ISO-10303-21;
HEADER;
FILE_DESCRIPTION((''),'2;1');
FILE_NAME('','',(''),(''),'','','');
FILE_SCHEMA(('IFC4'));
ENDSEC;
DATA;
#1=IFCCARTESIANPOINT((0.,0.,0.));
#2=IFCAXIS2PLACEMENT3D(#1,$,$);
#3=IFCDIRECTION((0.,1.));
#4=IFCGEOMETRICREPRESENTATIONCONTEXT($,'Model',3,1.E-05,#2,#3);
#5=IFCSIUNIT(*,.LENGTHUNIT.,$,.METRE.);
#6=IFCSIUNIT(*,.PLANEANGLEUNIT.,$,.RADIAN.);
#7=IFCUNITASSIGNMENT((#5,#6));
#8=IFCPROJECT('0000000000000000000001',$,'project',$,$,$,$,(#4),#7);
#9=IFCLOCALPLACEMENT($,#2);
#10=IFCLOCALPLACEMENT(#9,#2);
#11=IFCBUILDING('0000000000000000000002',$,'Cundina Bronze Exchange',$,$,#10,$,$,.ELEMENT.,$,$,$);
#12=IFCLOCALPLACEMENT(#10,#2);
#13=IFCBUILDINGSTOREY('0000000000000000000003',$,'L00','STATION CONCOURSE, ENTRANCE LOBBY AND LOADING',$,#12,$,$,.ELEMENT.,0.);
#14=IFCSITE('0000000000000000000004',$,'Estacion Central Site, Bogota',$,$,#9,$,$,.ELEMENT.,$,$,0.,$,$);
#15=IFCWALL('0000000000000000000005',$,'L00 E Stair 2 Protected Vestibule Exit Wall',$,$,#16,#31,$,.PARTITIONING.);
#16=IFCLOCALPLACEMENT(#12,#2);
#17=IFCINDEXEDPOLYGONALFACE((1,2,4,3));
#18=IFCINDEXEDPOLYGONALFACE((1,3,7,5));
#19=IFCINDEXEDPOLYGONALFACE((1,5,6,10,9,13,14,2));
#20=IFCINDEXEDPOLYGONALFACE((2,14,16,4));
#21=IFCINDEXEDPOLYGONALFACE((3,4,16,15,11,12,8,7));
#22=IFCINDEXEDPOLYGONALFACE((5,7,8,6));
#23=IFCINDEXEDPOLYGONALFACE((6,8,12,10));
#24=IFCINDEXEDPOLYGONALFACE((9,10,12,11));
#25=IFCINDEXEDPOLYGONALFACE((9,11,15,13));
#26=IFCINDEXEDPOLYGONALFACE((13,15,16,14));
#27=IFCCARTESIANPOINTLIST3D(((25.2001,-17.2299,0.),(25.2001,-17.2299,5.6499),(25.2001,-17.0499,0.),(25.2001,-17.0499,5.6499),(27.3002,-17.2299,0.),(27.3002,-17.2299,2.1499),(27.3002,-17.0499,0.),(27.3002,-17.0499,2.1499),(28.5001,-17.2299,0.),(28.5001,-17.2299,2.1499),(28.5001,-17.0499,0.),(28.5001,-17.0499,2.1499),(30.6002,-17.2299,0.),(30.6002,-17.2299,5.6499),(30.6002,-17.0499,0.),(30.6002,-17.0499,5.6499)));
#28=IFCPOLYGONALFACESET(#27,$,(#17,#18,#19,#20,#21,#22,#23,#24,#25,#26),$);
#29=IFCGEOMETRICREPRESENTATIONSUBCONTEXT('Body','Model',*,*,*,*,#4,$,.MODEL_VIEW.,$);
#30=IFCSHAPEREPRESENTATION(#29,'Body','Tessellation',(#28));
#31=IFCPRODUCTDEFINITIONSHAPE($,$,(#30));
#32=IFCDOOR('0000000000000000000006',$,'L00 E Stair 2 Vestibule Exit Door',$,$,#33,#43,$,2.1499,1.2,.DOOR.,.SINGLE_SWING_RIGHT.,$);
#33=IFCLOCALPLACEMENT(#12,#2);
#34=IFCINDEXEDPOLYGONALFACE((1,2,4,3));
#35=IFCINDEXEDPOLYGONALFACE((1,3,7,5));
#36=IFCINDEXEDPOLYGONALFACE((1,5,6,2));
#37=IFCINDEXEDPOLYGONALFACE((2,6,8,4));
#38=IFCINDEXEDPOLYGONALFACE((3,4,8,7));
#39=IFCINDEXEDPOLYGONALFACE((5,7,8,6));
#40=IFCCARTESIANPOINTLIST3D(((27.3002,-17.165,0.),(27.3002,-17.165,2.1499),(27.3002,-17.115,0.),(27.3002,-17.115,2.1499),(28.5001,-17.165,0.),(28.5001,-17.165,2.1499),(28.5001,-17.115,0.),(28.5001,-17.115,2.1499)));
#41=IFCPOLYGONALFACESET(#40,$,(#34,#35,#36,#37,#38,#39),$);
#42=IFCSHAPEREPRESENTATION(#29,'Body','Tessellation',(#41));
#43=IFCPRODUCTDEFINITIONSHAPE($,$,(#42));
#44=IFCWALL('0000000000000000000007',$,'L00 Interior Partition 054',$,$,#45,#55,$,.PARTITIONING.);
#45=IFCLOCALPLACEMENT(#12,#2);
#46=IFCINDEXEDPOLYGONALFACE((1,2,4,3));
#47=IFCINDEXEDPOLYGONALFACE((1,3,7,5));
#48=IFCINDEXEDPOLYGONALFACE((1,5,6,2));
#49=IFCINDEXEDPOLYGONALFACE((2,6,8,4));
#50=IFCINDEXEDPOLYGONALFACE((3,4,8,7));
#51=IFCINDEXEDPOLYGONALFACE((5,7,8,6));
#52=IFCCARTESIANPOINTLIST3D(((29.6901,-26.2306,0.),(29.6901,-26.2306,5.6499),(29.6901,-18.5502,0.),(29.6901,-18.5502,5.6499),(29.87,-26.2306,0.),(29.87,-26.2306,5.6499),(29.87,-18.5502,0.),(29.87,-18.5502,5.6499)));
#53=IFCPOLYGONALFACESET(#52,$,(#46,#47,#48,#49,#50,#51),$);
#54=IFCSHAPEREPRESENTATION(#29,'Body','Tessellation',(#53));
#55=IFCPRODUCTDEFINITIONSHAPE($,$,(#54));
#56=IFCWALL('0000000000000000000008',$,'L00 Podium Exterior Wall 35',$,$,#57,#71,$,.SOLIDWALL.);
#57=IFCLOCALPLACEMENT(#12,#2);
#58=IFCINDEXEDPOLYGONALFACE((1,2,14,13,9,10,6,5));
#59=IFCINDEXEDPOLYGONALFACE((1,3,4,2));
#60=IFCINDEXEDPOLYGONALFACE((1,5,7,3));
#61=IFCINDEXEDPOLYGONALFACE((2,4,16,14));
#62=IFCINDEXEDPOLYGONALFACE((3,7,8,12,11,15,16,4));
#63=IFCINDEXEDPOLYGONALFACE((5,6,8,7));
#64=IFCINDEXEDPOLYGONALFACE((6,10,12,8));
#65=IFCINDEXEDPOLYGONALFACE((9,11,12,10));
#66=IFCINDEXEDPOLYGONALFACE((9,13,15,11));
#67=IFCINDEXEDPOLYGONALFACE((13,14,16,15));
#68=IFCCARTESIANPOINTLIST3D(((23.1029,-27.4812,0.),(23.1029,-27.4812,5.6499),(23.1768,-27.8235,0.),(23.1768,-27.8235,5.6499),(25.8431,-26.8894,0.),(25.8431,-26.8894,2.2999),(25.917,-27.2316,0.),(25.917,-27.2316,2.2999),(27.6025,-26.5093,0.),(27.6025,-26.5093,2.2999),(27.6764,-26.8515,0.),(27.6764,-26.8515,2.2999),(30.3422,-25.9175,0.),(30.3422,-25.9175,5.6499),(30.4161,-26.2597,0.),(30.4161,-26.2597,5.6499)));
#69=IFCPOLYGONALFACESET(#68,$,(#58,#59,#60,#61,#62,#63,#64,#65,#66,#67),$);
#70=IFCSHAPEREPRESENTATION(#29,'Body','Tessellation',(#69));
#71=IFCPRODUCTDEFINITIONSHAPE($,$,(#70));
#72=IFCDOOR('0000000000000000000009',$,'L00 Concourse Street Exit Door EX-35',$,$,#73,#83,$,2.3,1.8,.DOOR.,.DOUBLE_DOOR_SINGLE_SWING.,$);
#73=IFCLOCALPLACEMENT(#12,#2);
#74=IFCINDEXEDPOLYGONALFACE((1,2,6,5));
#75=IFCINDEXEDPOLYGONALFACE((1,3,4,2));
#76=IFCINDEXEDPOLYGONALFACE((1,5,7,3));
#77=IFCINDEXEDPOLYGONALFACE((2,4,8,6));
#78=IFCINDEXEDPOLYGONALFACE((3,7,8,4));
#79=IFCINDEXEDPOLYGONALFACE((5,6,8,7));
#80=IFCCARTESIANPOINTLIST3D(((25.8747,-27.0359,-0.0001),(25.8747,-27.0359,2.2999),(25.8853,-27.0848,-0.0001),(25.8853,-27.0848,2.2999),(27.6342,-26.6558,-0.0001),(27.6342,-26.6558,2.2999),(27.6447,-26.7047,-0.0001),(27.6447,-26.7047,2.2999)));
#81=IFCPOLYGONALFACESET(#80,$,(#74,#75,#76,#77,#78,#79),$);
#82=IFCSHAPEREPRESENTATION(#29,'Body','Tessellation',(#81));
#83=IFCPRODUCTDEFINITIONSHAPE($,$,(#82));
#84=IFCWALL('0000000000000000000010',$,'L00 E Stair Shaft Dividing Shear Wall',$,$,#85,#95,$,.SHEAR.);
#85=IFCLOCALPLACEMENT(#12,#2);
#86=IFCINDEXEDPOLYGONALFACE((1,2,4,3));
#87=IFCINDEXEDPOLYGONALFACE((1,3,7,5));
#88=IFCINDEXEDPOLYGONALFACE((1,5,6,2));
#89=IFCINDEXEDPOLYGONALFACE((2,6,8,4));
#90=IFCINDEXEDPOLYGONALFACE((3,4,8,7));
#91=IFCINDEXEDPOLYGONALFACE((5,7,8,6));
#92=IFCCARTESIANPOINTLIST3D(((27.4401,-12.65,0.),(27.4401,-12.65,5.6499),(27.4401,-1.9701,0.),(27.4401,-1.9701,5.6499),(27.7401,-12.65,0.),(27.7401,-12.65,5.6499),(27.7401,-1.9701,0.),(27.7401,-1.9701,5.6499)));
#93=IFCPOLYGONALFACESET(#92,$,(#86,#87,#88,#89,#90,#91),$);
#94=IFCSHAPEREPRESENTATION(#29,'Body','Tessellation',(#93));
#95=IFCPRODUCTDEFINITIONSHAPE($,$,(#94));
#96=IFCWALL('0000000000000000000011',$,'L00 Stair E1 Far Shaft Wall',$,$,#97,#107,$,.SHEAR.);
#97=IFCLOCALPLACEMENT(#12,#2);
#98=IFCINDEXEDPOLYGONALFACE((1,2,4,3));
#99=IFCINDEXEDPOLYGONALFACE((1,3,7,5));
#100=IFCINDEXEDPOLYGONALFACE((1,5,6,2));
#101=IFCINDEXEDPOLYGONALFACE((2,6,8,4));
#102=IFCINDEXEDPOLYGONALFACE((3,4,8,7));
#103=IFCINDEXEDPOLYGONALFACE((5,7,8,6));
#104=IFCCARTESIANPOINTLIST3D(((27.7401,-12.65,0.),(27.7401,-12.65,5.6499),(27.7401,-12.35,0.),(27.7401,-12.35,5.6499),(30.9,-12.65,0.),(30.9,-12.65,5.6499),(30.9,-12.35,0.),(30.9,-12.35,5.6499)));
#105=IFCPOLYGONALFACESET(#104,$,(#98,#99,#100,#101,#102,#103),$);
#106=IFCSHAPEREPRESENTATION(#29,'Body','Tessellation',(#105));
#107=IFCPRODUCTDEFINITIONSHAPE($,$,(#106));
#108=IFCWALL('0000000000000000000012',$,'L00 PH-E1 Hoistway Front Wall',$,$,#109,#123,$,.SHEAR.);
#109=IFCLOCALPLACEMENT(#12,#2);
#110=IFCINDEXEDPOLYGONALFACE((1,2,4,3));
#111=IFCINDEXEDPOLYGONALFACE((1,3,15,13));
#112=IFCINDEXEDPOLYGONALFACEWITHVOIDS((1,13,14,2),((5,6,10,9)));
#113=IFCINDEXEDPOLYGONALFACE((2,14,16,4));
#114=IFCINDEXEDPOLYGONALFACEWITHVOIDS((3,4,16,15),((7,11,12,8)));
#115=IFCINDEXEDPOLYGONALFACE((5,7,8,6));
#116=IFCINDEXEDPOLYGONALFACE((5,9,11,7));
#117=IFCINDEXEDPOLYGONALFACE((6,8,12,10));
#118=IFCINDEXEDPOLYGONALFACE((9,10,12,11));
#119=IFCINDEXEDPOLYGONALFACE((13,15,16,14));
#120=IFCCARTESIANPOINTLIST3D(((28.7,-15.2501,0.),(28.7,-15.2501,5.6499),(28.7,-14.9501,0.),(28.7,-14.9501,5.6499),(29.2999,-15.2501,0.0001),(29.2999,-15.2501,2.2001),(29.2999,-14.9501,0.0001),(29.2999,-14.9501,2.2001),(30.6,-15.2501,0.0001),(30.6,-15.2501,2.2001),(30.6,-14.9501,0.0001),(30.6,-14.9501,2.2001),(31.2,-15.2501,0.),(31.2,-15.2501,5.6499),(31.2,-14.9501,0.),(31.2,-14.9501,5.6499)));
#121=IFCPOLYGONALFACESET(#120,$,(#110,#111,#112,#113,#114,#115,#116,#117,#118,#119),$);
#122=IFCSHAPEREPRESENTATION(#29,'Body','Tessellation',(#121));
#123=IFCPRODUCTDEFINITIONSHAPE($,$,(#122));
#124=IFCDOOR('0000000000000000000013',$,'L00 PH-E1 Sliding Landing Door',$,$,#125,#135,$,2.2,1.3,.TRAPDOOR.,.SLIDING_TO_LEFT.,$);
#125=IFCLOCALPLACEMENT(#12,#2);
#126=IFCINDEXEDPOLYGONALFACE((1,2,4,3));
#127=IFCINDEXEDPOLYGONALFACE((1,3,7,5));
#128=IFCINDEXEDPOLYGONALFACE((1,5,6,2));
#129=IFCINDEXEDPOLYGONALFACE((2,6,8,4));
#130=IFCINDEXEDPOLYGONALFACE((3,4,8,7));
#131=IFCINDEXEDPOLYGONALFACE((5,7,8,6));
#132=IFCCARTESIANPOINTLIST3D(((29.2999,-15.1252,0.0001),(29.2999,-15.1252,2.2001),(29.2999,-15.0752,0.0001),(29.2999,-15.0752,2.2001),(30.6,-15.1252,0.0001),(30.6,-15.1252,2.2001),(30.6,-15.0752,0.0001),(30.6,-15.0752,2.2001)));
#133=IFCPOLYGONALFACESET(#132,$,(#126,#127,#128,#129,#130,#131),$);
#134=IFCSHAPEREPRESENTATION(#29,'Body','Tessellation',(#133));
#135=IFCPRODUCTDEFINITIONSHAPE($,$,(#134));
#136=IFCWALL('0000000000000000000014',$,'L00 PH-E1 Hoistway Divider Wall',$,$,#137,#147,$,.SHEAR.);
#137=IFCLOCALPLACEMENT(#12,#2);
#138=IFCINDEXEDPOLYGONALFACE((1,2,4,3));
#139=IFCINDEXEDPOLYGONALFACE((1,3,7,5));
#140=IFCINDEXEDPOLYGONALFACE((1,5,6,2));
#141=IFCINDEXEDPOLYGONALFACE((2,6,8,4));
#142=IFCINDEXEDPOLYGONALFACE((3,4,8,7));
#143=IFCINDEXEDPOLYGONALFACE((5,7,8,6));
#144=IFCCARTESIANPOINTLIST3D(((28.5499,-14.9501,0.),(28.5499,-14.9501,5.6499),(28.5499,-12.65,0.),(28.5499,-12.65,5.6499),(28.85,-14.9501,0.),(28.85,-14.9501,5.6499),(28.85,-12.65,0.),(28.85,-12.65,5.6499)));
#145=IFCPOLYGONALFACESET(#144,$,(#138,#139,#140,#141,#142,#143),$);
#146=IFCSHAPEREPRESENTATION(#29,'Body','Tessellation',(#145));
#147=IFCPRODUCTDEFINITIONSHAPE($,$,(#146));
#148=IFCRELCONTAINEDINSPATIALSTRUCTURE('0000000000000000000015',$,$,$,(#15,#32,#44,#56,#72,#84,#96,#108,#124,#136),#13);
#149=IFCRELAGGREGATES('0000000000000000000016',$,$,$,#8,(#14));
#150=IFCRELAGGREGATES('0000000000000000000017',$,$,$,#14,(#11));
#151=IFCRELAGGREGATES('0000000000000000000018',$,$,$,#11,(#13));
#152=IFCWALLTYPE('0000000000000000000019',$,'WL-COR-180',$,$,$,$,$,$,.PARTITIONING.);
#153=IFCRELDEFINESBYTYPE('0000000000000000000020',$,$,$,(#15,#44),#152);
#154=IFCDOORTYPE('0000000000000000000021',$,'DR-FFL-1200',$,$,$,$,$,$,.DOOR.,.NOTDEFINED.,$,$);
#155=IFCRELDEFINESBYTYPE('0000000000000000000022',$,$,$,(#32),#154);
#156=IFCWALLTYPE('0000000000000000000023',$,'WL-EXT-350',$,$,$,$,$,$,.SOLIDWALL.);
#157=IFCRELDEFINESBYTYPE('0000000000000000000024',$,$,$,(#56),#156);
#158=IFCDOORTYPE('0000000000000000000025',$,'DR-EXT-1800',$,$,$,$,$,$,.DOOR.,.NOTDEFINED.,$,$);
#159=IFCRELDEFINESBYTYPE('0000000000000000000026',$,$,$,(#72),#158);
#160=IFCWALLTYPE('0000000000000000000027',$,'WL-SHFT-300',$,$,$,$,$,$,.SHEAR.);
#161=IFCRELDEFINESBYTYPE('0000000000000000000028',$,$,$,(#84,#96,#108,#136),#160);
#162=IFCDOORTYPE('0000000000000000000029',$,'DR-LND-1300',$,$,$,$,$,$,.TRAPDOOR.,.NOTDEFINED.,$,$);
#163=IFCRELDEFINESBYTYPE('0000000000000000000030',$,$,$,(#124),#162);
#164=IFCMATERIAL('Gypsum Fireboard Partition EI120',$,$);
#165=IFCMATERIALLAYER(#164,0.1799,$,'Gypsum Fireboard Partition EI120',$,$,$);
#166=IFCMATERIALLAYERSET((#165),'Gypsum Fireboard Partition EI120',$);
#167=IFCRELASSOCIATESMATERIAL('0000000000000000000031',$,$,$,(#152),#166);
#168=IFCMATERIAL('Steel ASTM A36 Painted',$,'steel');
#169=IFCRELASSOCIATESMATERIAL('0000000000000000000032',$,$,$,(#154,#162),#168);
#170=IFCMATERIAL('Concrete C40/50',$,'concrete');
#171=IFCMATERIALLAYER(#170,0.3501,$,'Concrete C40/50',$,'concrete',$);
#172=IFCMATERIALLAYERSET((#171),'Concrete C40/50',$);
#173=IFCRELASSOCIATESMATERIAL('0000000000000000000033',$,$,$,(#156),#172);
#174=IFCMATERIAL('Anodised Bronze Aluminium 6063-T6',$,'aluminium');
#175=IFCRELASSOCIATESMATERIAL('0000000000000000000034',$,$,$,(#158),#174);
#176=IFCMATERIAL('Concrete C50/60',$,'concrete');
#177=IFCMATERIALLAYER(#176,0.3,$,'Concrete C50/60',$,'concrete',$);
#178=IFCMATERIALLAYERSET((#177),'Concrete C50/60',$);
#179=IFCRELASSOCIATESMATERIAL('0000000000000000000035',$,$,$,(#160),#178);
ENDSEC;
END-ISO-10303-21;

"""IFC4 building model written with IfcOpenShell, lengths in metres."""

from ifc_helpers import new_model, si_unit, direction, frame, frame_2d, origin, place, context, subcontext, project, spatial, rectangle, extrude, material, layer, layer_set, type_object, element, fill, save


model = new_model("IFC4")

# Units and contexts
model_context = context("Model", 3, precision=1e-05, world=origin(), true_north=direction((0.0, 1.0)))
body_context = subcontext(model_context, "Body", "Model", "MODEL_VIEW")
ifc_project = project(units=[si_unit("LENGTHUNIT", "METRE"), si_unit("PLANEANGLEUNIT", "RADIAN")], contexts=[model_context])

# Site, building, storey
site_placement = place(None, origin())
site = spatial("IfcSite", under=ifc_project, at=site_placement, Name="Estacion Central Site, Bogota", CompositionType="ELEMENT", RefElevation=0.0)
building_placement = place(site_placement, origin())
building = spatial("IfcBuilding", under=site, at=building_placement, Name="Cundina Bronze Exchange", CompositionType="ELEMENT")
storey_placement = place(building_placement, origin())
storey = spatial("IfcBuildingStorey", under=building, at=storey_placement, Name="L00", Description="STATION CONCOURSE, ENTRANCE LOBBY AND LOADING", CompositionType="ELEMENT", Elevation=0.0)

# Wall, opening, door
ifc_material_1 = material(Name="Gypsum Fireboard Partition EI120")
ifc_layer_1 = layer(ifc_material_1, 0.1799, Name="Gypsum Fireboard Partition EI120")
ifc_layer_set_1 = layer_set([ifc_layer_1], Name="Gypsum Fireboard Partition EI120")
wall_type_1 = type_object("IfcWallType", Name="WL-COR-180", PredefinedType="PARTITIONING", material=ifc_layer_set_1)
wall_1_placement = place(storey_placement, frame((25.2, -17.1399, 0.0), z_axis=(0.0, 0.0, 1.0), x_axis=(1.0, 0.0, 0.0)))
wall_1 = element("IfcWall", 1, at=wall_1_placement, inside=storey, type_object=wall_type_1, Name="L00 E Stair 2 Protected Vestibule Exit Wall", PredefinedType="PARTITIONING", context=body_context, shape_type="SweptSolid", body=[
    extrude(rectangle(XDim=5.4001, YDim=0.1799, at=frame_2d((2.7002, 0.0))), origin(), (0.0, 0.0, 1.0), 5.6499),
])
opening_1_placement = place(wall_1_placement, frame((2.1001, 0.0, 0.0)))
opening_1 = element("IfcOpeningElement", 2, at=opening_1_placement, cuts=wall_1, PredefinedType="OPENING", context=body_context, shape_type="SweptSolid", body=[
    extrude(rectangle(XDim=1.2, YDim=2.1499, at=frame_2d((0.6001, 1.075))), frame((0.0, 0.0999, 0.0), z_axis=(0.0, -1.0, 0.0), x_axis=(1.0, 0.0, 0.0)), (0.0, 0.0, 1.0), 0.2),
])
ifc_material_2 = material(Name="Steel ASTM A36 Painted", Category="steel")
door_type_1 = type_object("IfcDoorType", Name="DR-FFL-1200", OperationType="NOTDEFINED", PredefinedType="DOOR", material=ifc_material_2)
door_1_placement = place(opening_1_placement, origin())
door_1 = element("IfcDoor", 3, at=door_1_placement, inside=storey, type_object=door_type_1, Name="L00 E Stair 2 Vestibule Exit Door", OperationType="SINGLE_SWING_RIGHT", OverallHeight=2.1499, OverallWidth=1.2, PredefinedType="DOOR", context=body_context, shape_type="SweptSolid", body=[
    extrude(rectangle(XDim=1.2, YDim=2.1499, at=frame_2d((0.6001, 1.075))), frame((0.0, 0.0249, 0.0), z_axis=(0.0, -1.0, 0.0), x_axis=(1.0, 0.0, 0.0)), (0.0, 0.0, 1.0), 0.05),
])
fill(opening_1, door_1)

# Wall
wall_2_placement = place(storey_placement, frame((29.78, -18.55, 0.0), z_axis=(0.0, 0.0, 1.0), x_axis=(0.0, -1.0, 0.0)))
element("IfcWall", 4, at=wall_2_placement, inside=storey, type_object=wall_type_1, Name="L00 Interior Partition 054", PredefinedType="PARTITIONING", context=body_context, shape_type="SweptSolid", body=[
    extrude(rectangle(XDim=7.6804, YDim=0.1799, at=frame_2d((3.8403, 0.0))), origin(), (0.0, 0.0, 1.0), 5.6499),
])

# Wall, opening, door
ifc_material_3 = material(Name="Concrete C40/50", Category="concrete")
ifc_layer_2 = layer(ifc_material_3, 0.3501, Name="Concrete C40/50", Category="concrete")
ifc_layer_set_2 = layer_set([ifc_layer_2], Name="Concrete C40/50")
wall_type_2 = type_object("IfcWallType", Name="WL-EXT-350", PredefinedType="SOLIDWALL", material=ifc_layer_set_2)
wall_3_placement = place(storey_placement, frame((30.3792, -26.0886, 0.0), z_axis=(0.0, 0.0, 1.0), x_axis=(-0.977457, -0.211136, 0.0)))
wall_3 = element("IfcWall", 5, at=wall_3_placement, inside=storey, type_object=wall_type_2, Name="L00 Podium Exterior Wall 35", PredefinedType="SOLIDWALL", context=body_context, shape_type="SweptSolid", body=[
    extrude(rectangle(XDim=7.4062, YDim=0.3501, at=frame_2d((3.7031, 0.0))), origin(), (0.0, 0.0, 1.0), 5.6499),
])
opening_2_placement = place(wall_3_placement, frame((2.803, 0.0, 0.0)))
opening_2 = element("IfcOpeningElement", 6, at=opening_2_placement, cuts=wall_3, PredefinedType="OPENING", context=body_context, shape_type="SweptSolid", body=[
    extrude(rectangle(XDim=1.8, YDim=2.3, at=frame_2d((0.8999, 1.1499))), frame((0.0, 0.1851, 0.0), z_axis=(0.0, -1.0, 0.0), x_axis=(1.0, 0.0, 0.0)), (0.0, 0.0, 1.0), 0.3701),
])
ifc_material_4 = material(Name="Anodised Bronze Aluminium 6063-T6", Category="aluminium")
door_type_2 = type_object("IfcDoorType", Name="DR-EXT-1800", OperationType="NOTDEFINED", PredefinedType="DOOR", material=ifc_material_4)
door_2_placement = place(opening_2_placement, origin())
door_2 = element("IfcDoor", 7, at=door_2_placement, inside=storey, type_object=door_type_2, Name="L00 Concourse Street Exit Door EX-35", OperationType="DOUBLE_DOOR_SINGLE_SWING", OverallHeight=2.3, OverallWidth=1.8, PredefinedType="DOOR", context=body_context, shape_type="SweptSolid", body=[
    extrude(rectangle(XDim=1.8, YDim=2.3, at=frame_2d((0.8999, 1.1499))), frame((0.0, 0.0249, 0.0), z_axis=(0.0, -1.0, 0.0), x_axis=(1.0, 0.0, 0.0)), (0.0, 0.0, 1.0), 0.05),
])
fill(opening_2, door_2)

# Walls
ifc_material_5 = material(Name="Concrete C50/60", Category="concrete")
ifc_layer_3 = layer(ifc_material_5, 0.3, Name="Concrete C50/60", Category="concrete")
ifc_layer_set_3 = layer_set([ifc_layer_3], Name="Concrete C50/60")
wall_type_3 = type_object("IfcWallType", Name="WL-SHFT-300", PredefinedType="SHEAR", material=ifc_layer_set_3)
wall_4_placement = place(storey_placement, frame((27.5901, -12.6499, 0.0), z_axis=(0.0, 0.0, 1.0), x_axis=(0.0, 1.0, 0.0)))
element("IfcWall", 8, at=wall_4_placement, inside=storey, type_object=wall_type_3, Name="L00 E Stair Shaft Dividing Shear Wall", PredefinedType="SHEAR", context=body_context, shape_type="SweptSolid", body=[
    extrude(rectangle(XDim=10.6799, YDim=0.3, at=frame_2d((5.3398, 0.0))), origin(), (0.0, 0.0, 1.0), 5.6499),
])
wall_5_placement = place(storey_placement, frame((27.74, -12.5, 0.0), z_axis=(0.0, 0.0, 1.0), x_axis=(1.0, 0.0, 0.0)))
element("IfcWall", 9, at=wall_5_placement, inside=storey, type_object=wall_type_3, Name="L00 Stair E1 Far Shaft Wall", PredefinedType="SHEAR", context=body_context, shape_type="SweptSolid", body=[
    extrude(rectangle(XDim=3.1599, YDim=0.3, at=frame_2d((1.5801, 0.0))), origin(), (0.0, 0.0, 1.0), 5.6499),
])

# Wall, opening, door
wall_6_placement = place(storey_placement, frame((28.7, -15.1001, 0.0), z_axis=(0.0, 0.0, 1.0), x_axis=(1.0, 0.0, 0.0)))
wall_6 = element("IfcWall", 10, at=wall_6_placement, inside=storey, type_object=wall_type_3, Name="L00 PH-E1 Hoistway Front Wall", PredefinedType="SHEAR", context=body_context, shape_type="SweptSolid", body=[
    extrude(rectangle(XDim=2.5, YDim=0.3, at=frame_2d((1.25, 0.0))), origin(), (0.0, 0.0, 1.0), 5.6499),
])
opening_3_placement = place(wall_6_placement, frame((0.6001, 0.0, 0.0)))
opening_3 = element("IfcOpeningElement", 11, at=opening_3_placement, cuts=wall_6, PredefinedType="OPENING", context=body_context, shape_type="SweptSolid", body=[
    extrude(rectangle(XDim=1.3, YDim=2.2, at=frame_2d((0.6499, 1.1001))), frame((0.0, 0.1599, 0.0), z_axis=(0.0, -1.0, 0.0), x_axis=(1.0, 0.0, 0.0)), (0.0, 0.0, 1.0), 0.3201),
])
door_type_3 = type_object("IfcDoorType", Name="DR-LND-1300", OperationType="NOTDEFINED", PredefinedType="TRAPDOOR", material=ifc_material_2)
door_3_placement = place(opening_3_placement, origin())
door_3 = element("IfcDoor", 12, at=door_3_placement, inside=storey, type_object=door_type_3, Name="L00 PH-E1 Sliding Landing Door", OperationType="SLIDING_TO_LEFT", OverallHeight=2.2, OverallWidth=1.3, PredefinedType="TRAPDOOR", context=body_context, shape_type="SweptSolid", body=[
    extrude(rectangle(XDim=1.3, YDim=2.2, at=frame_2d((0.6499, 1.1001))), frame((0.0, 0.0249, 0.0), z_axis=(0.0, -1.0, 0.0), x_axis=(1.0, 0.0, 0.0)), (0.0, 0.0, 1.0), 0.05),
])
fill(opening_3, door_3)

# Wall
wall_7_placement = place(storey_placement, frame((28.7, -14.95, 0.0), z_axis=(0.0, 0.0, 1.0), x_axis=(0.0, 1.0, 0.0)))
element("IfcWall", 13, at=wall_7_placement, inside=storey, type_object=wall_type_3, Name="L00 PH-E1 Hoistway Divider Wall", PredefinedType="SHEAR", context=body_context, shape_type="SweptSolid", body=[
    extrude(rectangle(XDim=2.3, YDim=0.3, at=frame_2d((1.1499, 0.0))), origin(), (0.0, 0.0, 1.0), 5.6499),
])

save(model, "model.ifc")
